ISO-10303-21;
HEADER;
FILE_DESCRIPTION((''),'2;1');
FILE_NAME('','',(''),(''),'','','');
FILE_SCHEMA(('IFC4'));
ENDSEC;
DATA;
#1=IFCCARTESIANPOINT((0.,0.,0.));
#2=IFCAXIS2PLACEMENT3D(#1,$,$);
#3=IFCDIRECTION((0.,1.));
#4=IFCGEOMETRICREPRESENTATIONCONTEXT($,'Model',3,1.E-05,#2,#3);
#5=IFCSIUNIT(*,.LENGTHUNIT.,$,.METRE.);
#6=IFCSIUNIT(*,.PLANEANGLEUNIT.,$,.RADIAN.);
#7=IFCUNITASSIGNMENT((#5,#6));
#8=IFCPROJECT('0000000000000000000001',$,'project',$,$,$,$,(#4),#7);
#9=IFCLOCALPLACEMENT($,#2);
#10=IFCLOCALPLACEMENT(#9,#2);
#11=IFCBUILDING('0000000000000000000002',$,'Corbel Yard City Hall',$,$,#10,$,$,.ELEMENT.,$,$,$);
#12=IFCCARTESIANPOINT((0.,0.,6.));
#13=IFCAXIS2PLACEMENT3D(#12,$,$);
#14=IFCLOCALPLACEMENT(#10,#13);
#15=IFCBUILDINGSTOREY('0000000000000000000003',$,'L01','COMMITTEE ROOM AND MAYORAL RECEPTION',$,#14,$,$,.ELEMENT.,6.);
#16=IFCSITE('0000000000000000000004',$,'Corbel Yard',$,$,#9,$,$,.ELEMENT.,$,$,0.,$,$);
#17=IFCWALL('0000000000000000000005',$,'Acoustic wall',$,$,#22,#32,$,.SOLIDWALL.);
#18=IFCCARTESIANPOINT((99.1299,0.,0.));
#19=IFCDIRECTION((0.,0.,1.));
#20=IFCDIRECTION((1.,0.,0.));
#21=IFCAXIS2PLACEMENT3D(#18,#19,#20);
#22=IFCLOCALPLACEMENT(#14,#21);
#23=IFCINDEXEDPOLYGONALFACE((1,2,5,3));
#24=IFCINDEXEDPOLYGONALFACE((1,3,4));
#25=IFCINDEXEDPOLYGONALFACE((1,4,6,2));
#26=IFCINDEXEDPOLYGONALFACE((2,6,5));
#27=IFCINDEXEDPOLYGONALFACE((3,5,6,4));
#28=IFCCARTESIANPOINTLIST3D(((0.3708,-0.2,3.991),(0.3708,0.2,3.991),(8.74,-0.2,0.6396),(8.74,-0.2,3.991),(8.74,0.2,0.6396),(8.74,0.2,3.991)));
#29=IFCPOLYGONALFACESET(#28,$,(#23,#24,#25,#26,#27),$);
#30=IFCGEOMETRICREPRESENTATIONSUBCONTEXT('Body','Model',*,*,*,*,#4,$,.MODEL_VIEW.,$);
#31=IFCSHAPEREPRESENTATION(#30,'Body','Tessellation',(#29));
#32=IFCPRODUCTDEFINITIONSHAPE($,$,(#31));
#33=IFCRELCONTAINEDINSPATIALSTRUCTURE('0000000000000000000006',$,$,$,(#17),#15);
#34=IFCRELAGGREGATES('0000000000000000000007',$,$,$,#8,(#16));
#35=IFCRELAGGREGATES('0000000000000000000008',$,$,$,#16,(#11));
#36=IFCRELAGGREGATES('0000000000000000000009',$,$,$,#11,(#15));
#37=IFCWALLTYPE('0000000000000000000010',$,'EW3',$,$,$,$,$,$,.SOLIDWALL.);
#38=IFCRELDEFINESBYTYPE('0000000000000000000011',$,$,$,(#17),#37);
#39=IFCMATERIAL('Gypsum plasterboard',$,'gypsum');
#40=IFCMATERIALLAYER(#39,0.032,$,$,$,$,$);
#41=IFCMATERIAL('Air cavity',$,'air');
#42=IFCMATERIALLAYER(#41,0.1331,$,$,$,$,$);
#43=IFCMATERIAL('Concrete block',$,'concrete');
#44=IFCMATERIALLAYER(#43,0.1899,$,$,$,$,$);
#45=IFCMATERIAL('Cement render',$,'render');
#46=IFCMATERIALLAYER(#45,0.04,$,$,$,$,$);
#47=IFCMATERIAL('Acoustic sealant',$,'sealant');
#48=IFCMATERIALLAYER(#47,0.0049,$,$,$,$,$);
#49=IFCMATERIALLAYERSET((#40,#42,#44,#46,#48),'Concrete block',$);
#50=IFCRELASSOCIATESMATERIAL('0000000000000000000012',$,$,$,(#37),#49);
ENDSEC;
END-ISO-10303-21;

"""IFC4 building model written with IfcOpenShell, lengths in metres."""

from ifc_helpers import new_model, si_unit, direction, frame, origin, place, context, subcontext, project, spatial, polyline, outline, extrude, material, layer, layer_set, type_object, element, save


model = new_model("IFC4")

# Units and contexts
model_context = context("Model", 3, precision=1e-05, world=origin(), true_north=direction((0.0, 1.0)))
body_context = subcontext(model_context, "Body", "Model", "MODEL_VIEW")
ifc_project = project(units=[si_unit("LENGTHUNIT", "METRE"), si_unit("PLANEANGLEUNIT", "RADIAN")], contexts=[model_context])

# Site, building, storey
site_placement = place(None, origin())
site = spatial("IfcSite", under=ifc_project, at=site_placement, Name="Corbel Yard", CompositionType="ELEMENT", RefElevation=0.0)
building_placement = place(site_placement, origin())
building = spatial("IfcBuilding", under=site, at=building_placement, Name="Corbel Yard City Hall", CompositionType="ELEMENT")
storey_placement = place(building_placement, frame((0.0, 0.0, 6.0)))
storey = spatial("IfcBuildingStorey", under=building, at=storey_placement, Name="L01", Description="COMMITTEE ROOM AND MAYORAL RECEPTION", CompositionType="ELEMENT", Elevation=6.0)

# Shared definitions
ifc_material_1 = material(Name="Gypsum plasterboard", Category="gypsum")
ifc_layer_1 = layer(ifc_material_1, 0.032)
ifc_material_2 = material(Name="Air cavity", Category="air")
ifc_layer_2 = layer(ifc_material_2, 0.1331)
ifc_material_3 = material(Name="Concrete block", Category="concrete")
ifc_layer_3 = layer(ifc_material_3, 0.1899)
ifc_material_4 = material(Name="Cement render", Category="render")
ifc_layer_4 = layer(ifc_material_4, 0.04)
ifc_material_5 = material(Name="Acoustic sealant", Category="sealant")
ifc_layer_5 = layer(ifc_material_5, 0.0049)
ifc_layer_set_1 = layer_set([ifc_layer_1, ifc_layer_2, ifc_layer_3, ifc_layer_4, ifc_layer_5], Name="Concrete block")
wall_type_1 = type_object("IfcWallType", Name="EW3", PredefinedType="SOLIDWALL", material=ifc_layer_set_1)

# Wall
wall_1_placement = place(storey_placement, frame((99.1299, 0.0, 0.0), z_axis=(0.0, 0.0, 1.0), x_axis=(1.0, 0.0, 0.0)))
element("IfcWall", 1, at=wall_1_placement, inside=storey, type_object=wall_type_1, Name="Acoustic wall", PredefinedType="SOLIDWALL", context=body_context, shape_type="SweptSolid", body=[
    extrude(outline(polyline([(8.74, 3.991), (8.74, 0.6396), (0.3708, 3.991), (8.74, 3.991)])), frame((0.0, 0.2, 0.0), z_axis=(0.0, -1.0, 0.0), x_axis=(1.0, 0.0, 0.0)), (0.0, 0.0, 1.0), 0.3999),
])

save(model, "model.ifc")
